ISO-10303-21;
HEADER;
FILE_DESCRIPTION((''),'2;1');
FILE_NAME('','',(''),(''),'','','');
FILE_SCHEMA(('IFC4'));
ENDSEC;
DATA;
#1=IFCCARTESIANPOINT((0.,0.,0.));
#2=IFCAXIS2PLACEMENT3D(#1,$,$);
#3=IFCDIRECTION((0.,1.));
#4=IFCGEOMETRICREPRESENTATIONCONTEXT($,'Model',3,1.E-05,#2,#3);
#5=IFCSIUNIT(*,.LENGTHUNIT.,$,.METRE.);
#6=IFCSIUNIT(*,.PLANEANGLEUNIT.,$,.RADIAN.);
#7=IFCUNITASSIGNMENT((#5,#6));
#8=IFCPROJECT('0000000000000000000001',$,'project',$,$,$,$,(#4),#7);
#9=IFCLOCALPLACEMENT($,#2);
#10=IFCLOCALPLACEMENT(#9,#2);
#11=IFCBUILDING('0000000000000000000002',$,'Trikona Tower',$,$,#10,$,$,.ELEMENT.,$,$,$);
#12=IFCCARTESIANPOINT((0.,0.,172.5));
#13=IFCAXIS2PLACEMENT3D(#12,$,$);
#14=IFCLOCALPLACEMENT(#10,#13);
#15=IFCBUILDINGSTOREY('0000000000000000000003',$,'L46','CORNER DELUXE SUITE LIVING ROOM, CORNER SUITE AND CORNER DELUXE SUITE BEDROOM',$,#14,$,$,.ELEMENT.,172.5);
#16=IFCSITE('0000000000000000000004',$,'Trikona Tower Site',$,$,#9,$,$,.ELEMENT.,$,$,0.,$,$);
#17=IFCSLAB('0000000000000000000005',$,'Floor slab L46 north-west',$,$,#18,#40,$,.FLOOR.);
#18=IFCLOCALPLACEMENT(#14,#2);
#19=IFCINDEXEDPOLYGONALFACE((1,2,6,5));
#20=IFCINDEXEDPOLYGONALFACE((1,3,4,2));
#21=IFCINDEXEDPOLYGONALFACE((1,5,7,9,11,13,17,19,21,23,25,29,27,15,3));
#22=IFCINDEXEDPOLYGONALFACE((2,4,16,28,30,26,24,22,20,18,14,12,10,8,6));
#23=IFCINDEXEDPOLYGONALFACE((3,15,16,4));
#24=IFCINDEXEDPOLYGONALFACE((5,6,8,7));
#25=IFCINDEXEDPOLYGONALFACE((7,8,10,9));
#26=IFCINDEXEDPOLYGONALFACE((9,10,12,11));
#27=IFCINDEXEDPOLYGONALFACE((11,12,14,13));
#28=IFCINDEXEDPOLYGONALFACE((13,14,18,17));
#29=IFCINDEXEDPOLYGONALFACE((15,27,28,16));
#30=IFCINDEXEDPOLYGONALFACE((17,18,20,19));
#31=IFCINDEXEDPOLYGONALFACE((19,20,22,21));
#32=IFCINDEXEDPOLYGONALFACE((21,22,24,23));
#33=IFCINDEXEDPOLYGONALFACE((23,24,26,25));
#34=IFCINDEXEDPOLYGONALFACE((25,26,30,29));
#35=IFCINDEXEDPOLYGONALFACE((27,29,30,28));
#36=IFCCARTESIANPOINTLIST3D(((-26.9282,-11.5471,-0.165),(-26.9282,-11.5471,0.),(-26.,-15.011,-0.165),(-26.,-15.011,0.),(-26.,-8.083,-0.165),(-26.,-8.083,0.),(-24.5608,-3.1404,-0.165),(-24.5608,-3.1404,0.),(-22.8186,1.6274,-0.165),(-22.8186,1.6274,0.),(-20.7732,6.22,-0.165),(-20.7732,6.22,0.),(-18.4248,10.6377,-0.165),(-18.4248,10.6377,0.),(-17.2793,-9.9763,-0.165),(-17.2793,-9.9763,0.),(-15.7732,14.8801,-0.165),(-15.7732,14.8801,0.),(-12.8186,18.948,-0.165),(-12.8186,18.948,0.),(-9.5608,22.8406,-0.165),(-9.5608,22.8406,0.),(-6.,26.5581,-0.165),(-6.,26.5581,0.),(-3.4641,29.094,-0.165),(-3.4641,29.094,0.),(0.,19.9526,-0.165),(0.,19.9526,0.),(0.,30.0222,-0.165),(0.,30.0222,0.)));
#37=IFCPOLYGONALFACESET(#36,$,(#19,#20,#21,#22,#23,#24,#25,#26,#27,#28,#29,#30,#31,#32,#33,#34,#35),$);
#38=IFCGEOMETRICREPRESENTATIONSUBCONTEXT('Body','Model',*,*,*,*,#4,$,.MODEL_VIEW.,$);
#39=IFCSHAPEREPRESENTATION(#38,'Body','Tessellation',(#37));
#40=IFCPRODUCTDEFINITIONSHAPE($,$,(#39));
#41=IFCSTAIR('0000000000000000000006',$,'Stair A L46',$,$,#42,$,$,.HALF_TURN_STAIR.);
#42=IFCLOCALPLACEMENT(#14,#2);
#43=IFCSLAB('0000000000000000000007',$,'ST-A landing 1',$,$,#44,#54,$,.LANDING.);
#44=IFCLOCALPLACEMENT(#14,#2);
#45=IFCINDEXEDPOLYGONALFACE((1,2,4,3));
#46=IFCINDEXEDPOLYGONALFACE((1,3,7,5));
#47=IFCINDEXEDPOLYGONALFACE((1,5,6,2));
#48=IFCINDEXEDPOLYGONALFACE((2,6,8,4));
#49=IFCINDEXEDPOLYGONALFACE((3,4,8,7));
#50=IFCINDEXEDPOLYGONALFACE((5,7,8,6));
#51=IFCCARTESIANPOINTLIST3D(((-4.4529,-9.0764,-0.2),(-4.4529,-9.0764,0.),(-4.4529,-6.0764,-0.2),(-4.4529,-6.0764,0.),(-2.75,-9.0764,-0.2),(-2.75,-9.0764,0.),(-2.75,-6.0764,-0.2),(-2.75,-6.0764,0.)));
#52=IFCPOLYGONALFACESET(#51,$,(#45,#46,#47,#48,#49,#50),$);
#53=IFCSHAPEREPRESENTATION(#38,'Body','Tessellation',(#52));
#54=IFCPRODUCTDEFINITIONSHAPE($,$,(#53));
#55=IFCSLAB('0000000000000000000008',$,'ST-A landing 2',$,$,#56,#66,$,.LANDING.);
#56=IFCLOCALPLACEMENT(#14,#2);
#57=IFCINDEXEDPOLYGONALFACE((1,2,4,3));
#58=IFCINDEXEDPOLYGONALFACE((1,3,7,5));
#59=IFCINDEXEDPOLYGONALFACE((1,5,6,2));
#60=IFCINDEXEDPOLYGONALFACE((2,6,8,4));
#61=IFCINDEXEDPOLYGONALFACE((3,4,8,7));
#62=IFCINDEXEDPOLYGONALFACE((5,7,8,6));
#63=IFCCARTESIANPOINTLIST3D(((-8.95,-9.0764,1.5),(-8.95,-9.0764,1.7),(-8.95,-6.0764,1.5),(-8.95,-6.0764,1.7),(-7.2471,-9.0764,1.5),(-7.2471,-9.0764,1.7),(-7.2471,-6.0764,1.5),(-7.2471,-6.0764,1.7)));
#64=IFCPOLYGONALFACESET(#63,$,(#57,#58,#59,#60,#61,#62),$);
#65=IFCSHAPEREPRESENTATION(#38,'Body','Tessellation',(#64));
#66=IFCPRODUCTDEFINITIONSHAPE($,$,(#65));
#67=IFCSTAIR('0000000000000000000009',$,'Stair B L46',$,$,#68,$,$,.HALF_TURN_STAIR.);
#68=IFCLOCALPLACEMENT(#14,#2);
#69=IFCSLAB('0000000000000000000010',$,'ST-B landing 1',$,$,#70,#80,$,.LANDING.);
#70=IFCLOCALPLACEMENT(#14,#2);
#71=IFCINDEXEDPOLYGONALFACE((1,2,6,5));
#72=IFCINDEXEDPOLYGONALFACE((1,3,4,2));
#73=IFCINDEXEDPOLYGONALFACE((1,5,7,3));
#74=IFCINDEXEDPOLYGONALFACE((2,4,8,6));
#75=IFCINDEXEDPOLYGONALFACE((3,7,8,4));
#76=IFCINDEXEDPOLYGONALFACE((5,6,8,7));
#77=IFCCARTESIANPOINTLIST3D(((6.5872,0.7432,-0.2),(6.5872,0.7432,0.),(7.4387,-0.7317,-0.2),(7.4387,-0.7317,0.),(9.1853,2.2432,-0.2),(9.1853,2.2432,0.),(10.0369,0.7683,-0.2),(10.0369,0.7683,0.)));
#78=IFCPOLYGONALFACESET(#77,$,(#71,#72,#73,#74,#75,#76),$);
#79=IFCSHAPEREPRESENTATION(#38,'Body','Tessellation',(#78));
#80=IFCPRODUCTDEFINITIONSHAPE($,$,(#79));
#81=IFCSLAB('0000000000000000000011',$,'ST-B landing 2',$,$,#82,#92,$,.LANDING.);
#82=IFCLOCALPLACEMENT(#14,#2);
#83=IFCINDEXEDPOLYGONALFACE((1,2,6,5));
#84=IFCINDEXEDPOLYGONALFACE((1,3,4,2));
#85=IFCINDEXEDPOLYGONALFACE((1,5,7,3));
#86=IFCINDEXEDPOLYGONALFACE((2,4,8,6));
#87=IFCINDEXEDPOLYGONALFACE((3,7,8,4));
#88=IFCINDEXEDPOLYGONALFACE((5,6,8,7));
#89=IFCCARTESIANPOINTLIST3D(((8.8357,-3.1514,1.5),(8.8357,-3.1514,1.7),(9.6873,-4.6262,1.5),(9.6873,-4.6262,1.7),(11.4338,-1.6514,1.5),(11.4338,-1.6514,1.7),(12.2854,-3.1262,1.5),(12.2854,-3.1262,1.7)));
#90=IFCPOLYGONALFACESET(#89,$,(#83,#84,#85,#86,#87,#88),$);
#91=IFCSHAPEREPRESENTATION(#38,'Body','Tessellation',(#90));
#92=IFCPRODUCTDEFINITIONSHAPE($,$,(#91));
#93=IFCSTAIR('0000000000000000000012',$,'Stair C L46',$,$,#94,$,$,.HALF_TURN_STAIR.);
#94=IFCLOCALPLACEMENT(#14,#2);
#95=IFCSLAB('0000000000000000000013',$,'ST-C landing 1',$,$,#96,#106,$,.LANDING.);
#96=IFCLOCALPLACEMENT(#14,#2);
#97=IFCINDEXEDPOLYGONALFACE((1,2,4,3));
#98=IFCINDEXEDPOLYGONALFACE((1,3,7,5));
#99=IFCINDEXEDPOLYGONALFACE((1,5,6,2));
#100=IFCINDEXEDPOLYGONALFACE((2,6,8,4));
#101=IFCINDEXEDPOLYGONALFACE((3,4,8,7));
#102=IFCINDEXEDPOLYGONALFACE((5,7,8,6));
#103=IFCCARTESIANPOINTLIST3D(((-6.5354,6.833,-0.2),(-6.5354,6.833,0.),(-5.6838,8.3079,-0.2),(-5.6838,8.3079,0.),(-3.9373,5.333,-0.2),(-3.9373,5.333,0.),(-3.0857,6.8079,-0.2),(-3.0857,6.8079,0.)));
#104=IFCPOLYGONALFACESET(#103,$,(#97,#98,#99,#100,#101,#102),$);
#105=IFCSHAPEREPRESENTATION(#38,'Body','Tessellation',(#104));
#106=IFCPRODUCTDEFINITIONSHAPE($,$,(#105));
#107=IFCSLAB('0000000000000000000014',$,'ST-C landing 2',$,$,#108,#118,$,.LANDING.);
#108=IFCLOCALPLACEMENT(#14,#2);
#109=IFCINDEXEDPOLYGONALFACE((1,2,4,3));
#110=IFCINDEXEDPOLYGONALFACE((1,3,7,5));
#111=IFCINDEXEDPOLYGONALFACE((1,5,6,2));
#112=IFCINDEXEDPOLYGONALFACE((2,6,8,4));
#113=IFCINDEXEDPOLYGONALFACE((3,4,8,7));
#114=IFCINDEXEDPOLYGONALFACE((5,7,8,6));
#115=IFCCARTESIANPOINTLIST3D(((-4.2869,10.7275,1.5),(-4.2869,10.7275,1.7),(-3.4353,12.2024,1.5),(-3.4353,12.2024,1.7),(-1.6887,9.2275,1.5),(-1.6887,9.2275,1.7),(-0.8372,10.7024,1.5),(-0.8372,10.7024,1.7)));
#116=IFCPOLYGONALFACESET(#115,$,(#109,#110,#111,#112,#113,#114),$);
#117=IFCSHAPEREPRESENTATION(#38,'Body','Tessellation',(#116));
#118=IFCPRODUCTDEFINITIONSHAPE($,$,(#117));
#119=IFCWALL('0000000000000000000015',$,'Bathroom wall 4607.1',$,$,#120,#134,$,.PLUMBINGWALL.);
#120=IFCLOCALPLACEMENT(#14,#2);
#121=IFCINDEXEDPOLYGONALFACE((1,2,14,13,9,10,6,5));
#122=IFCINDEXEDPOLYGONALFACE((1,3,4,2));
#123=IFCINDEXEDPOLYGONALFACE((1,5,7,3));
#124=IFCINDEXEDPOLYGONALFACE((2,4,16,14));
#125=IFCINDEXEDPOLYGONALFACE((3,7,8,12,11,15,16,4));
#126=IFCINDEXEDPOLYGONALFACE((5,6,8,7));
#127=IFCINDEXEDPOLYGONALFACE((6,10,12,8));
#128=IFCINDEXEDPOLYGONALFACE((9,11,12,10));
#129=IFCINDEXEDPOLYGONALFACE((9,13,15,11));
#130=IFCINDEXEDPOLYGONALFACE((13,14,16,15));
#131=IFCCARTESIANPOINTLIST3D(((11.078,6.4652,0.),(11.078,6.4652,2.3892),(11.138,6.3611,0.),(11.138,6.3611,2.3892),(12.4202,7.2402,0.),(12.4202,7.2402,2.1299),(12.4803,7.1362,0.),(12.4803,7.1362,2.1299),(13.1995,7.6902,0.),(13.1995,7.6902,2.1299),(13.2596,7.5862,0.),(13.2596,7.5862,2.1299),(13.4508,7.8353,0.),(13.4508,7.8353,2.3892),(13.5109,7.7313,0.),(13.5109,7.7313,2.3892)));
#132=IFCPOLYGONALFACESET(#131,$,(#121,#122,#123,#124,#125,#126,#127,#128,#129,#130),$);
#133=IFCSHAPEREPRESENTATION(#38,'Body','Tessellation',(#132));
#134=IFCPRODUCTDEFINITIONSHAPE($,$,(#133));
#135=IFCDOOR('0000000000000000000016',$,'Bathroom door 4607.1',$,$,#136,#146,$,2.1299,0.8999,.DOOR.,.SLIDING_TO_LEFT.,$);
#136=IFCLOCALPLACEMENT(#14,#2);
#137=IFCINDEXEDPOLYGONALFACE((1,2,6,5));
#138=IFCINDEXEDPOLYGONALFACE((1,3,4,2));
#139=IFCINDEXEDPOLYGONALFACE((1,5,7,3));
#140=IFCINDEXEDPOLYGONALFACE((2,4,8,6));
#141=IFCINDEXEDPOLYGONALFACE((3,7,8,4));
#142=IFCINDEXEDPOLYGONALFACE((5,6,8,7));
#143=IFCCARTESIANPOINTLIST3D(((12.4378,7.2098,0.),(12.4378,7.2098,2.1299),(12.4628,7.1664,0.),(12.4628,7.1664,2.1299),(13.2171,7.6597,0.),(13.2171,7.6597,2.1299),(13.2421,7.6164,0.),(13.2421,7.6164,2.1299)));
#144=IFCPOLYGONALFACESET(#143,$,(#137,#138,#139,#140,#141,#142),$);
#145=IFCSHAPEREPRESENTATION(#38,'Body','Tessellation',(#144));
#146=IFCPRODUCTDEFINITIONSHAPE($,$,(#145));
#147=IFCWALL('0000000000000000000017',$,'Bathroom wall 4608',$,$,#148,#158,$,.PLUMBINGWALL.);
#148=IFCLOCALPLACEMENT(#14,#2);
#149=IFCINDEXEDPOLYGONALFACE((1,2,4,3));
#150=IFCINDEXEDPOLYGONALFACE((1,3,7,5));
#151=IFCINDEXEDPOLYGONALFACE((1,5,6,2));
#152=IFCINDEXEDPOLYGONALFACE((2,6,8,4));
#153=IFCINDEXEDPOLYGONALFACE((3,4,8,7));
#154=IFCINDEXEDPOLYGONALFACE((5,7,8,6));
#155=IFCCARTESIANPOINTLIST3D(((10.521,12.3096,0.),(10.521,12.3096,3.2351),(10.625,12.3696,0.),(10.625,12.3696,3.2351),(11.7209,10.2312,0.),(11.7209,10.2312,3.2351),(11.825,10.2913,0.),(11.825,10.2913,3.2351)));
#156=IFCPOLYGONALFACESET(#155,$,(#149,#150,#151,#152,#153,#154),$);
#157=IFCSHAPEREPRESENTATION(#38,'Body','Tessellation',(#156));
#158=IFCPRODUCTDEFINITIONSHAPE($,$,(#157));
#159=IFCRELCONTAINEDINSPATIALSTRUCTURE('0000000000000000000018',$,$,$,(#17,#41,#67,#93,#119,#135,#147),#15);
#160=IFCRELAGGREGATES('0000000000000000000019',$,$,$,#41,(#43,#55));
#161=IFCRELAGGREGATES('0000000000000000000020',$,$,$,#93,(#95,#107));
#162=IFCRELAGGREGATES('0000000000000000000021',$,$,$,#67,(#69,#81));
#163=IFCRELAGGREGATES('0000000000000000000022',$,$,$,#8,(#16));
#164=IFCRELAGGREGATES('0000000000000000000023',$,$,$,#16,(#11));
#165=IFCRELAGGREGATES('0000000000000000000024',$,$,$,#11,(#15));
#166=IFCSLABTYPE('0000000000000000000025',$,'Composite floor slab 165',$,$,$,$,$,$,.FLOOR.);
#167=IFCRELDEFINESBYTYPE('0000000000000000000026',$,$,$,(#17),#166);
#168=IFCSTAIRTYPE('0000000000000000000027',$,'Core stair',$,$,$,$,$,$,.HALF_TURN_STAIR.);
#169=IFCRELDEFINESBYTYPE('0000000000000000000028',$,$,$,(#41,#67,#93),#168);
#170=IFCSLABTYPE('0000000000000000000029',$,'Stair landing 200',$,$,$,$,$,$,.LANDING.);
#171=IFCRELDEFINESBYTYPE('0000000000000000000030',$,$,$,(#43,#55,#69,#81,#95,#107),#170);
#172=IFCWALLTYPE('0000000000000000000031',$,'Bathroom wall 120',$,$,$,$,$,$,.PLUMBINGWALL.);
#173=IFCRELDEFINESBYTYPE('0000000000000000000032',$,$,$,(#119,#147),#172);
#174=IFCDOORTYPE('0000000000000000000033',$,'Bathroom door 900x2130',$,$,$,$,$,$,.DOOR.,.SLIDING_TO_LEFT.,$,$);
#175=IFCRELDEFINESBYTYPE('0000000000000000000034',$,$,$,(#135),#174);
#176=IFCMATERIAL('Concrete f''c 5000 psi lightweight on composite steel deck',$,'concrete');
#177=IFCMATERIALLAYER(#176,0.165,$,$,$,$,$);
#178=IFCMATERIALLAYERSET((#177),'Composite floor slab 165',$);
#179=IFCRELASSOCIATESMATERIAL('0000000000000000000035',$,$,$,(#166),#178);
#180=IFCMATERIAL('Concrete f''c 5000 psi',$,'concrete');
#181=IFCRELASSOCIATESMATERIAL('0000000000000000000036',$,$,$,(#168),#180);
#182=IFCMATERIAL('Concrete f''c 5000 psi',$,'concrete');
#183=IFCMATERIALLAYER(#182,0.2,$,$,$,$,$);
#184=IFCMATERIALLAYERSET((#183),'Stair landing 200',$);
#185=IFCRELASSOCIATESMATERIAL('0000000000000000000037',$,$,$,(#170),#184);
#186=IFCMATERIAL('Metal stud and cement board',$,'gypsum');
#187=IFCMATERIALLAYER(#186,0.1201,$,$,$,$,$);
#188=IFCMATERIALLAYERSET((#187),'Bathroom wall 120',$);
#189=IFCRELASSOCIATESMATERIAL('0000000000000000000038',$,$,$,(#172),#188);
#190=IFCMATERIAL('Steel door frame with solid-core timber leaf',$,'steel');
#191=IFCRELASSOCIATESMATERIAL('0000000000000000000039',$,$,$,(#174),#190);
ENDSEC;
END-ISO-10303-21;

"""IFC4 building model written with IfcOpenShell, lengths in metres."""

from ifc_helpers import new_model, si_unit, direction, frame, frame_2d, origin, place, context, subcontext, project, spatial, polyline, rectangle, outline, extrude, material, layer, layer_set, type_object, element, fill, aggregate, save


model = new_model("IFC4")

# Units and contexts
model_context = context("Model", 3, precision=1e-05, world=origin(), true_north=direction((0.0, 1.0)))
body_context = subcontext(model_context, "Body", "Model", "MODEL_VIEW")
ifc_project = project(units=[si_unit("LENGTHUNIT", "METRE"), si_unit("PLANEANGLEUNIT", "RADIAN")], contexts=[model_context])

# Site, building, storey
site_placement = place(None, origin())
site = spatial("IfcSite", under=ifc_project, at=site_placement, Name="Trikona Tower Site", CompositionType="ELEMENT", RefElevation=0.0)
building_placement = place(site_placement, origin())
building = spatial("IfcBuilding", under=site, at=building_placement, Name="Trikona Tower", CompositionType="ELEMENT")
storey_placement = place(building_placement, frame((0.0, 0.0, 172.5)))
storey = spatial("IfcBuildingStorey", under=building, at=storey_placement, Name="L46", Description="CORNER DELUXE SUITE LIVING ROOM, CORNER SUITE AND CORNER DELUXE SUITE BEDROOM", CompositionType="ELEMENT", Elevation=172.5)

# Slab
ifc_material_1 = material(Name="Concrete f'c 5000 psi lightweight on composite steel deck", Category="concrete")
ifc_layer_1 = layer(ifc_material_1, 0.165)
ifc_layer_set_1 = layer_set([ifc_layer_1], Name="Composite floor slab 165")
slab_type_1 = type_object("IfcSlabType", Name="Composite floor slab 165", PredefinedType="FLOOR", material=ifc_layer_set_1)
slab_1_placement = place(storey_placement, frame((0.0, 0.0, -0.165)))
element("IfcSlab", 1, at=slab_1_placement, inside=storey, type_object=slab_type_1, Name="Floor slab L46 north-west", PredefinedType="FLOOR", context=body_context, shape_type="SweptSolid", body=[
    extrude(outline(polyline([(0.0, 19.9526), (0.0, 30.0222), (-3.4641, 29.094), (-6.0, 26.5581), (-9.5608, 22.8406), (-12.8186, 18.948), (-15.7732, 14.8801), (-18.4248, 10.6377), (-20.7732, 6.22), (-22.8186, 1.6274), (-24.5608, -3.1404), (-26.0, -8.083), (-26.9282, -11.5471), (-26.0, -15.011), (-17.2793, -9.9763), (0.0, 19.9526)])), origin(), (0.0, 0.0, 1.0), 0.165),
])

# Stairs, slabs
ifc_material_2 = material(Name="Concrete f'c 5000 psi", Category="concrete")
stair_type = type_object("IfcStairType", Name="Core stair", PredefinedType="HALF_TURN_STAIR", material=ifc_material_2)
stair_1_placement = place(storey_placement, origin())
stair_1 = element("IfcStair", 2, at=stair_1_placement, inside=storey, type_object=stair_type, Name="Stair A L46", PredefinedType="HALF_TURN_STAIR")
ifc_material_3 = material(Name="Concrete f'c 5000 psi", Category="concrete")
ifc_layer_2 = layer(ifc_material_3, 0.2)
ifc_layer_set_2 = layer_set([ifc_layer_2], Name="Stair landing 200")
slab_type_2 = type_object("IfcSlabType", Name="Stair landing 200", PredefinedType="LANDING", material=ifc_layer_set_2)
slab_2_placement = place(storey_placement, frame((0.0, 0.0, -0.2)))
slab_2 = element("IfcSlab", 3, at=slab_2_placement, type_object=slab_type_2, Name="ST-A landing 1", PredefinedType="LANDING", context=body_context, shape_type="SweptSolid", body=[
    extrude(outline(polyline([(-4.4529, -6.0764), (-2.75, -6.0764), (-2.75, -9.0764), (-4.4529, -9.0764), (-4.4529, -6.0764)])), origin(), (0.0, 0.0, 1.0), 0.2),
])
slab_3_placement = place(storey_placement, frame((0.0, 0.0, 1.5)))
slab_3 = element("IfcSlab", 4, at=slab_3_placement, type_object=slab_type_2, Name="ST-A landing 2", PredefinedType="LANDING", context=body_context, shape_type="SweptSolid", body=[
    extrude(outline(polyline([(-8.95, -6.0764), (-7.2471, -6.0764), (-7.2471, -9.0764), (-8.95, -9.0764), (-8.95, -6.0764)])), origin(), (0.0, 0.0, 1.0), 0.2),
])
aggregate(stair_1, [slab_2, slab_3])
stair_2_placement = place(storey_placement, origin())
stair_2 = element("IfcStair", 5, at=stair_2_placement, inside=storey, type_object=stair_type, Name="Stair B L46", PredefinedType="HALF_TURN_STAIR")
slab_4_placement = place(storey_placement, frame((0.0, 0.0, -0.2)))
slab_4 = element("IfcSlab", 6, at=slab_4_placement, type_object=slab_type_2, Name="ST-B landing 1", PredefinedType="LANDING", context=body_context, shape_type="SweptSolid", body=[
    extrude(outline(polyline([(7.4387, -0.7317), (6.5872, 0.7432), (9.1853, 2.2432), (10.0369, 0.7683), (7.4387, -0.7317)])), origin(), (0.0, 0.0, 1.0), 0.2),
])
slab_5_placement = place(storey_placement, frame((0.0, 0.0, 1.5)))
slab_5 = element("IfcSlab", 7, at=slab_5_placement, type_object=slab_type_2, Name="ST-B landing 2", PredefinedType="LANDING", context=body_context, shape_type="SweptSolid", body=[
    extrude(outline(polyline([(9.6873, -4.6262), (8.8357, -3.1514), (11.4338, -1.6514), (12.2854, -3.1262), (9.6873, -4.6262)])), origin(), (0.0, 0.0, 1.0), 0.2),
])
stair_3_placement = place(storey_placement, origin())
stair_3 = element("IfcStair", 8, at=stair_3_placement, inside=storey, type_object=stair_type, Name="Stair C L46", PredefinedType="HALF_TURN_STAIR")
slab_6_placement = place(storey_placement, frame((0.0, 0.0, -0.2)))
slab_6 = element("IfcSlab", 9, at=slab_6_placement, type_object=slab_type_2, Name="ST-C landing 1", PredefinedType="LANDING", context=body_context, shape_type="SweptSolid", body=[
    extrude(outline(polyline([(-3.0857, 6.8079), (-3.9373, 5.333), (-6.5354, 6.833), (-5.6838, 8.3079), (-3.0857, 6.8079)])), origin(), (0.0, 0.0, 1.0), 0.2),
])
slab_7_placement = place(storey_placement, frame((0.0, 0.0, 1.5)))
slab_7 = element("IfcSlab", 10, at=slab_7_placement, type_object=slab_type_2, Name="ST-C landing 2", PredefinedType="LANDING", context=body_context, shape_type="SweptSolid", body=[
    extrude(outline(polyline([(-0.8372, 10.7024), (-1.6887, 9.2275), (-4.2869, 10.7275), (-3.4353, 12.2024), (-0.8372, 10.7024)])), origin(), (0.0, 0.0, 1.0), 0.2),
])
aggregate(stair_3, [slab_6, slab_7])

# Wall, opening, door
ifc_material_4 = material(Name="Metal stud and cement board", Category="gypsum")
ifc_layer_3 = layer(ifc_material_4, 0.1201)
ifc_layer_set_3 = layer_set([ifc_layer_3], Name="Bathroom wall 120")
wall_type_1 = type_object("IfcWallType", Name="Bathroom wall 120", PredefinedType="PLUMBINGWALL", material=ifc_layer_set_3)
wall_1_placement = place(storey_placement, frame((11.1079, 6.4131, 0.0), z_axis=(0.0, 0.0, 1.0), x_axis=(0.865997, 0.500049, 0.0)))
wall_1 = element("IfcWall", 11, at=wall_1_placement, inside=storey, type_object=wall_type_1, Name="Bathroom wall 4607.1", PredefinedType="PLUMBINGWALL", context=body_context, shape_type="SweptSolid", body=[
    extrude(rectangle(XDim=2.74, YDim=0.1201, at=frame_2d((1.3701, 0.0))), origin(), (0.0, 0.0, 1.0), 2.3892),
])
opening_1_placement = place(wall_1_placement, frame((1.55, 0.0, 0.0)))
opening_1 = element("IfcOpeningElement", 12, at=opening_1_placement, cuts=wall_1, PredefinedType="OPENING", context=body_context, shape_type="SweptSolid", body=[
    extrude(rectangle(XDim=0.8999, YDim=2.1299, at=frame_2d((0.45, 1.0649))), frame((0.0, 0.0701, 0.0), z_axis=(0.0, -1.0, 0.0), x_axis=(1.0, 0.0, 0.0)), (0.0, 0.0, 1.0), 0.1401),
])
ifc_material_5 = material(Name="Steel door frame with solid-core timber leaf", Category="steel")
door_type_1 = type_object("IfcDoorType", Name="Bathroom door 900x2130", OperationType="SLIDING_TO_LEFT", PredefinedType="DOOR", material=ifc_material_5)
door_1_placement = place(opening_1_placement, origin())
door_1 = element("IfcDoor", 13, at=door_1_placement, inside=storey, type_object=door_type_1, Name="Bathroom door 4607.1", OperationType="SLIDING_TO_LEFT", OverallHeight=2.1299, OverallWidth=0.8999, PredefinedType="DOOR", context=body_context, shape_type="SweptSolid", body=[
    extrude(rectangle(XDim=0.8999, YDim=2.1299, at=frame_2d((0.45, 1.0649))), frame((0.0, 0.0249, 0.0), z_axis=(0.0, -1.0, 0.0), x_axis=(1.0, 0.0, 0.0)), (0.0, 0.0, 1.0), 0.05),
])
fill(opening_1, door_1)

# Wall
wall_2_placement = place(storey_placement, frame((11.7729, 10.2612, 0.0), z_axis=(0.0, 0.0, 1.0), x_axis=(-0.500001, 0.866025, 0.0)))
element("IfcWall", 14, at=wall_2_placement, inside=storey, type_object=wall_type_1, Name="Bathroom wall 4608", PredefinedType="PLUMBINGWALL", context=body_context, shape_type="SweptSolid", body=[
    extrude(rectangle(XDim=2.3999, YDim=0.1201, at=frame_2d((1.2, 0.0))), origin(), (0.0, 0.0, 1.0), 3.2351),
])

aggregate(stair_2, [slab_4, slab_5])

save(model, "model.ifc")
